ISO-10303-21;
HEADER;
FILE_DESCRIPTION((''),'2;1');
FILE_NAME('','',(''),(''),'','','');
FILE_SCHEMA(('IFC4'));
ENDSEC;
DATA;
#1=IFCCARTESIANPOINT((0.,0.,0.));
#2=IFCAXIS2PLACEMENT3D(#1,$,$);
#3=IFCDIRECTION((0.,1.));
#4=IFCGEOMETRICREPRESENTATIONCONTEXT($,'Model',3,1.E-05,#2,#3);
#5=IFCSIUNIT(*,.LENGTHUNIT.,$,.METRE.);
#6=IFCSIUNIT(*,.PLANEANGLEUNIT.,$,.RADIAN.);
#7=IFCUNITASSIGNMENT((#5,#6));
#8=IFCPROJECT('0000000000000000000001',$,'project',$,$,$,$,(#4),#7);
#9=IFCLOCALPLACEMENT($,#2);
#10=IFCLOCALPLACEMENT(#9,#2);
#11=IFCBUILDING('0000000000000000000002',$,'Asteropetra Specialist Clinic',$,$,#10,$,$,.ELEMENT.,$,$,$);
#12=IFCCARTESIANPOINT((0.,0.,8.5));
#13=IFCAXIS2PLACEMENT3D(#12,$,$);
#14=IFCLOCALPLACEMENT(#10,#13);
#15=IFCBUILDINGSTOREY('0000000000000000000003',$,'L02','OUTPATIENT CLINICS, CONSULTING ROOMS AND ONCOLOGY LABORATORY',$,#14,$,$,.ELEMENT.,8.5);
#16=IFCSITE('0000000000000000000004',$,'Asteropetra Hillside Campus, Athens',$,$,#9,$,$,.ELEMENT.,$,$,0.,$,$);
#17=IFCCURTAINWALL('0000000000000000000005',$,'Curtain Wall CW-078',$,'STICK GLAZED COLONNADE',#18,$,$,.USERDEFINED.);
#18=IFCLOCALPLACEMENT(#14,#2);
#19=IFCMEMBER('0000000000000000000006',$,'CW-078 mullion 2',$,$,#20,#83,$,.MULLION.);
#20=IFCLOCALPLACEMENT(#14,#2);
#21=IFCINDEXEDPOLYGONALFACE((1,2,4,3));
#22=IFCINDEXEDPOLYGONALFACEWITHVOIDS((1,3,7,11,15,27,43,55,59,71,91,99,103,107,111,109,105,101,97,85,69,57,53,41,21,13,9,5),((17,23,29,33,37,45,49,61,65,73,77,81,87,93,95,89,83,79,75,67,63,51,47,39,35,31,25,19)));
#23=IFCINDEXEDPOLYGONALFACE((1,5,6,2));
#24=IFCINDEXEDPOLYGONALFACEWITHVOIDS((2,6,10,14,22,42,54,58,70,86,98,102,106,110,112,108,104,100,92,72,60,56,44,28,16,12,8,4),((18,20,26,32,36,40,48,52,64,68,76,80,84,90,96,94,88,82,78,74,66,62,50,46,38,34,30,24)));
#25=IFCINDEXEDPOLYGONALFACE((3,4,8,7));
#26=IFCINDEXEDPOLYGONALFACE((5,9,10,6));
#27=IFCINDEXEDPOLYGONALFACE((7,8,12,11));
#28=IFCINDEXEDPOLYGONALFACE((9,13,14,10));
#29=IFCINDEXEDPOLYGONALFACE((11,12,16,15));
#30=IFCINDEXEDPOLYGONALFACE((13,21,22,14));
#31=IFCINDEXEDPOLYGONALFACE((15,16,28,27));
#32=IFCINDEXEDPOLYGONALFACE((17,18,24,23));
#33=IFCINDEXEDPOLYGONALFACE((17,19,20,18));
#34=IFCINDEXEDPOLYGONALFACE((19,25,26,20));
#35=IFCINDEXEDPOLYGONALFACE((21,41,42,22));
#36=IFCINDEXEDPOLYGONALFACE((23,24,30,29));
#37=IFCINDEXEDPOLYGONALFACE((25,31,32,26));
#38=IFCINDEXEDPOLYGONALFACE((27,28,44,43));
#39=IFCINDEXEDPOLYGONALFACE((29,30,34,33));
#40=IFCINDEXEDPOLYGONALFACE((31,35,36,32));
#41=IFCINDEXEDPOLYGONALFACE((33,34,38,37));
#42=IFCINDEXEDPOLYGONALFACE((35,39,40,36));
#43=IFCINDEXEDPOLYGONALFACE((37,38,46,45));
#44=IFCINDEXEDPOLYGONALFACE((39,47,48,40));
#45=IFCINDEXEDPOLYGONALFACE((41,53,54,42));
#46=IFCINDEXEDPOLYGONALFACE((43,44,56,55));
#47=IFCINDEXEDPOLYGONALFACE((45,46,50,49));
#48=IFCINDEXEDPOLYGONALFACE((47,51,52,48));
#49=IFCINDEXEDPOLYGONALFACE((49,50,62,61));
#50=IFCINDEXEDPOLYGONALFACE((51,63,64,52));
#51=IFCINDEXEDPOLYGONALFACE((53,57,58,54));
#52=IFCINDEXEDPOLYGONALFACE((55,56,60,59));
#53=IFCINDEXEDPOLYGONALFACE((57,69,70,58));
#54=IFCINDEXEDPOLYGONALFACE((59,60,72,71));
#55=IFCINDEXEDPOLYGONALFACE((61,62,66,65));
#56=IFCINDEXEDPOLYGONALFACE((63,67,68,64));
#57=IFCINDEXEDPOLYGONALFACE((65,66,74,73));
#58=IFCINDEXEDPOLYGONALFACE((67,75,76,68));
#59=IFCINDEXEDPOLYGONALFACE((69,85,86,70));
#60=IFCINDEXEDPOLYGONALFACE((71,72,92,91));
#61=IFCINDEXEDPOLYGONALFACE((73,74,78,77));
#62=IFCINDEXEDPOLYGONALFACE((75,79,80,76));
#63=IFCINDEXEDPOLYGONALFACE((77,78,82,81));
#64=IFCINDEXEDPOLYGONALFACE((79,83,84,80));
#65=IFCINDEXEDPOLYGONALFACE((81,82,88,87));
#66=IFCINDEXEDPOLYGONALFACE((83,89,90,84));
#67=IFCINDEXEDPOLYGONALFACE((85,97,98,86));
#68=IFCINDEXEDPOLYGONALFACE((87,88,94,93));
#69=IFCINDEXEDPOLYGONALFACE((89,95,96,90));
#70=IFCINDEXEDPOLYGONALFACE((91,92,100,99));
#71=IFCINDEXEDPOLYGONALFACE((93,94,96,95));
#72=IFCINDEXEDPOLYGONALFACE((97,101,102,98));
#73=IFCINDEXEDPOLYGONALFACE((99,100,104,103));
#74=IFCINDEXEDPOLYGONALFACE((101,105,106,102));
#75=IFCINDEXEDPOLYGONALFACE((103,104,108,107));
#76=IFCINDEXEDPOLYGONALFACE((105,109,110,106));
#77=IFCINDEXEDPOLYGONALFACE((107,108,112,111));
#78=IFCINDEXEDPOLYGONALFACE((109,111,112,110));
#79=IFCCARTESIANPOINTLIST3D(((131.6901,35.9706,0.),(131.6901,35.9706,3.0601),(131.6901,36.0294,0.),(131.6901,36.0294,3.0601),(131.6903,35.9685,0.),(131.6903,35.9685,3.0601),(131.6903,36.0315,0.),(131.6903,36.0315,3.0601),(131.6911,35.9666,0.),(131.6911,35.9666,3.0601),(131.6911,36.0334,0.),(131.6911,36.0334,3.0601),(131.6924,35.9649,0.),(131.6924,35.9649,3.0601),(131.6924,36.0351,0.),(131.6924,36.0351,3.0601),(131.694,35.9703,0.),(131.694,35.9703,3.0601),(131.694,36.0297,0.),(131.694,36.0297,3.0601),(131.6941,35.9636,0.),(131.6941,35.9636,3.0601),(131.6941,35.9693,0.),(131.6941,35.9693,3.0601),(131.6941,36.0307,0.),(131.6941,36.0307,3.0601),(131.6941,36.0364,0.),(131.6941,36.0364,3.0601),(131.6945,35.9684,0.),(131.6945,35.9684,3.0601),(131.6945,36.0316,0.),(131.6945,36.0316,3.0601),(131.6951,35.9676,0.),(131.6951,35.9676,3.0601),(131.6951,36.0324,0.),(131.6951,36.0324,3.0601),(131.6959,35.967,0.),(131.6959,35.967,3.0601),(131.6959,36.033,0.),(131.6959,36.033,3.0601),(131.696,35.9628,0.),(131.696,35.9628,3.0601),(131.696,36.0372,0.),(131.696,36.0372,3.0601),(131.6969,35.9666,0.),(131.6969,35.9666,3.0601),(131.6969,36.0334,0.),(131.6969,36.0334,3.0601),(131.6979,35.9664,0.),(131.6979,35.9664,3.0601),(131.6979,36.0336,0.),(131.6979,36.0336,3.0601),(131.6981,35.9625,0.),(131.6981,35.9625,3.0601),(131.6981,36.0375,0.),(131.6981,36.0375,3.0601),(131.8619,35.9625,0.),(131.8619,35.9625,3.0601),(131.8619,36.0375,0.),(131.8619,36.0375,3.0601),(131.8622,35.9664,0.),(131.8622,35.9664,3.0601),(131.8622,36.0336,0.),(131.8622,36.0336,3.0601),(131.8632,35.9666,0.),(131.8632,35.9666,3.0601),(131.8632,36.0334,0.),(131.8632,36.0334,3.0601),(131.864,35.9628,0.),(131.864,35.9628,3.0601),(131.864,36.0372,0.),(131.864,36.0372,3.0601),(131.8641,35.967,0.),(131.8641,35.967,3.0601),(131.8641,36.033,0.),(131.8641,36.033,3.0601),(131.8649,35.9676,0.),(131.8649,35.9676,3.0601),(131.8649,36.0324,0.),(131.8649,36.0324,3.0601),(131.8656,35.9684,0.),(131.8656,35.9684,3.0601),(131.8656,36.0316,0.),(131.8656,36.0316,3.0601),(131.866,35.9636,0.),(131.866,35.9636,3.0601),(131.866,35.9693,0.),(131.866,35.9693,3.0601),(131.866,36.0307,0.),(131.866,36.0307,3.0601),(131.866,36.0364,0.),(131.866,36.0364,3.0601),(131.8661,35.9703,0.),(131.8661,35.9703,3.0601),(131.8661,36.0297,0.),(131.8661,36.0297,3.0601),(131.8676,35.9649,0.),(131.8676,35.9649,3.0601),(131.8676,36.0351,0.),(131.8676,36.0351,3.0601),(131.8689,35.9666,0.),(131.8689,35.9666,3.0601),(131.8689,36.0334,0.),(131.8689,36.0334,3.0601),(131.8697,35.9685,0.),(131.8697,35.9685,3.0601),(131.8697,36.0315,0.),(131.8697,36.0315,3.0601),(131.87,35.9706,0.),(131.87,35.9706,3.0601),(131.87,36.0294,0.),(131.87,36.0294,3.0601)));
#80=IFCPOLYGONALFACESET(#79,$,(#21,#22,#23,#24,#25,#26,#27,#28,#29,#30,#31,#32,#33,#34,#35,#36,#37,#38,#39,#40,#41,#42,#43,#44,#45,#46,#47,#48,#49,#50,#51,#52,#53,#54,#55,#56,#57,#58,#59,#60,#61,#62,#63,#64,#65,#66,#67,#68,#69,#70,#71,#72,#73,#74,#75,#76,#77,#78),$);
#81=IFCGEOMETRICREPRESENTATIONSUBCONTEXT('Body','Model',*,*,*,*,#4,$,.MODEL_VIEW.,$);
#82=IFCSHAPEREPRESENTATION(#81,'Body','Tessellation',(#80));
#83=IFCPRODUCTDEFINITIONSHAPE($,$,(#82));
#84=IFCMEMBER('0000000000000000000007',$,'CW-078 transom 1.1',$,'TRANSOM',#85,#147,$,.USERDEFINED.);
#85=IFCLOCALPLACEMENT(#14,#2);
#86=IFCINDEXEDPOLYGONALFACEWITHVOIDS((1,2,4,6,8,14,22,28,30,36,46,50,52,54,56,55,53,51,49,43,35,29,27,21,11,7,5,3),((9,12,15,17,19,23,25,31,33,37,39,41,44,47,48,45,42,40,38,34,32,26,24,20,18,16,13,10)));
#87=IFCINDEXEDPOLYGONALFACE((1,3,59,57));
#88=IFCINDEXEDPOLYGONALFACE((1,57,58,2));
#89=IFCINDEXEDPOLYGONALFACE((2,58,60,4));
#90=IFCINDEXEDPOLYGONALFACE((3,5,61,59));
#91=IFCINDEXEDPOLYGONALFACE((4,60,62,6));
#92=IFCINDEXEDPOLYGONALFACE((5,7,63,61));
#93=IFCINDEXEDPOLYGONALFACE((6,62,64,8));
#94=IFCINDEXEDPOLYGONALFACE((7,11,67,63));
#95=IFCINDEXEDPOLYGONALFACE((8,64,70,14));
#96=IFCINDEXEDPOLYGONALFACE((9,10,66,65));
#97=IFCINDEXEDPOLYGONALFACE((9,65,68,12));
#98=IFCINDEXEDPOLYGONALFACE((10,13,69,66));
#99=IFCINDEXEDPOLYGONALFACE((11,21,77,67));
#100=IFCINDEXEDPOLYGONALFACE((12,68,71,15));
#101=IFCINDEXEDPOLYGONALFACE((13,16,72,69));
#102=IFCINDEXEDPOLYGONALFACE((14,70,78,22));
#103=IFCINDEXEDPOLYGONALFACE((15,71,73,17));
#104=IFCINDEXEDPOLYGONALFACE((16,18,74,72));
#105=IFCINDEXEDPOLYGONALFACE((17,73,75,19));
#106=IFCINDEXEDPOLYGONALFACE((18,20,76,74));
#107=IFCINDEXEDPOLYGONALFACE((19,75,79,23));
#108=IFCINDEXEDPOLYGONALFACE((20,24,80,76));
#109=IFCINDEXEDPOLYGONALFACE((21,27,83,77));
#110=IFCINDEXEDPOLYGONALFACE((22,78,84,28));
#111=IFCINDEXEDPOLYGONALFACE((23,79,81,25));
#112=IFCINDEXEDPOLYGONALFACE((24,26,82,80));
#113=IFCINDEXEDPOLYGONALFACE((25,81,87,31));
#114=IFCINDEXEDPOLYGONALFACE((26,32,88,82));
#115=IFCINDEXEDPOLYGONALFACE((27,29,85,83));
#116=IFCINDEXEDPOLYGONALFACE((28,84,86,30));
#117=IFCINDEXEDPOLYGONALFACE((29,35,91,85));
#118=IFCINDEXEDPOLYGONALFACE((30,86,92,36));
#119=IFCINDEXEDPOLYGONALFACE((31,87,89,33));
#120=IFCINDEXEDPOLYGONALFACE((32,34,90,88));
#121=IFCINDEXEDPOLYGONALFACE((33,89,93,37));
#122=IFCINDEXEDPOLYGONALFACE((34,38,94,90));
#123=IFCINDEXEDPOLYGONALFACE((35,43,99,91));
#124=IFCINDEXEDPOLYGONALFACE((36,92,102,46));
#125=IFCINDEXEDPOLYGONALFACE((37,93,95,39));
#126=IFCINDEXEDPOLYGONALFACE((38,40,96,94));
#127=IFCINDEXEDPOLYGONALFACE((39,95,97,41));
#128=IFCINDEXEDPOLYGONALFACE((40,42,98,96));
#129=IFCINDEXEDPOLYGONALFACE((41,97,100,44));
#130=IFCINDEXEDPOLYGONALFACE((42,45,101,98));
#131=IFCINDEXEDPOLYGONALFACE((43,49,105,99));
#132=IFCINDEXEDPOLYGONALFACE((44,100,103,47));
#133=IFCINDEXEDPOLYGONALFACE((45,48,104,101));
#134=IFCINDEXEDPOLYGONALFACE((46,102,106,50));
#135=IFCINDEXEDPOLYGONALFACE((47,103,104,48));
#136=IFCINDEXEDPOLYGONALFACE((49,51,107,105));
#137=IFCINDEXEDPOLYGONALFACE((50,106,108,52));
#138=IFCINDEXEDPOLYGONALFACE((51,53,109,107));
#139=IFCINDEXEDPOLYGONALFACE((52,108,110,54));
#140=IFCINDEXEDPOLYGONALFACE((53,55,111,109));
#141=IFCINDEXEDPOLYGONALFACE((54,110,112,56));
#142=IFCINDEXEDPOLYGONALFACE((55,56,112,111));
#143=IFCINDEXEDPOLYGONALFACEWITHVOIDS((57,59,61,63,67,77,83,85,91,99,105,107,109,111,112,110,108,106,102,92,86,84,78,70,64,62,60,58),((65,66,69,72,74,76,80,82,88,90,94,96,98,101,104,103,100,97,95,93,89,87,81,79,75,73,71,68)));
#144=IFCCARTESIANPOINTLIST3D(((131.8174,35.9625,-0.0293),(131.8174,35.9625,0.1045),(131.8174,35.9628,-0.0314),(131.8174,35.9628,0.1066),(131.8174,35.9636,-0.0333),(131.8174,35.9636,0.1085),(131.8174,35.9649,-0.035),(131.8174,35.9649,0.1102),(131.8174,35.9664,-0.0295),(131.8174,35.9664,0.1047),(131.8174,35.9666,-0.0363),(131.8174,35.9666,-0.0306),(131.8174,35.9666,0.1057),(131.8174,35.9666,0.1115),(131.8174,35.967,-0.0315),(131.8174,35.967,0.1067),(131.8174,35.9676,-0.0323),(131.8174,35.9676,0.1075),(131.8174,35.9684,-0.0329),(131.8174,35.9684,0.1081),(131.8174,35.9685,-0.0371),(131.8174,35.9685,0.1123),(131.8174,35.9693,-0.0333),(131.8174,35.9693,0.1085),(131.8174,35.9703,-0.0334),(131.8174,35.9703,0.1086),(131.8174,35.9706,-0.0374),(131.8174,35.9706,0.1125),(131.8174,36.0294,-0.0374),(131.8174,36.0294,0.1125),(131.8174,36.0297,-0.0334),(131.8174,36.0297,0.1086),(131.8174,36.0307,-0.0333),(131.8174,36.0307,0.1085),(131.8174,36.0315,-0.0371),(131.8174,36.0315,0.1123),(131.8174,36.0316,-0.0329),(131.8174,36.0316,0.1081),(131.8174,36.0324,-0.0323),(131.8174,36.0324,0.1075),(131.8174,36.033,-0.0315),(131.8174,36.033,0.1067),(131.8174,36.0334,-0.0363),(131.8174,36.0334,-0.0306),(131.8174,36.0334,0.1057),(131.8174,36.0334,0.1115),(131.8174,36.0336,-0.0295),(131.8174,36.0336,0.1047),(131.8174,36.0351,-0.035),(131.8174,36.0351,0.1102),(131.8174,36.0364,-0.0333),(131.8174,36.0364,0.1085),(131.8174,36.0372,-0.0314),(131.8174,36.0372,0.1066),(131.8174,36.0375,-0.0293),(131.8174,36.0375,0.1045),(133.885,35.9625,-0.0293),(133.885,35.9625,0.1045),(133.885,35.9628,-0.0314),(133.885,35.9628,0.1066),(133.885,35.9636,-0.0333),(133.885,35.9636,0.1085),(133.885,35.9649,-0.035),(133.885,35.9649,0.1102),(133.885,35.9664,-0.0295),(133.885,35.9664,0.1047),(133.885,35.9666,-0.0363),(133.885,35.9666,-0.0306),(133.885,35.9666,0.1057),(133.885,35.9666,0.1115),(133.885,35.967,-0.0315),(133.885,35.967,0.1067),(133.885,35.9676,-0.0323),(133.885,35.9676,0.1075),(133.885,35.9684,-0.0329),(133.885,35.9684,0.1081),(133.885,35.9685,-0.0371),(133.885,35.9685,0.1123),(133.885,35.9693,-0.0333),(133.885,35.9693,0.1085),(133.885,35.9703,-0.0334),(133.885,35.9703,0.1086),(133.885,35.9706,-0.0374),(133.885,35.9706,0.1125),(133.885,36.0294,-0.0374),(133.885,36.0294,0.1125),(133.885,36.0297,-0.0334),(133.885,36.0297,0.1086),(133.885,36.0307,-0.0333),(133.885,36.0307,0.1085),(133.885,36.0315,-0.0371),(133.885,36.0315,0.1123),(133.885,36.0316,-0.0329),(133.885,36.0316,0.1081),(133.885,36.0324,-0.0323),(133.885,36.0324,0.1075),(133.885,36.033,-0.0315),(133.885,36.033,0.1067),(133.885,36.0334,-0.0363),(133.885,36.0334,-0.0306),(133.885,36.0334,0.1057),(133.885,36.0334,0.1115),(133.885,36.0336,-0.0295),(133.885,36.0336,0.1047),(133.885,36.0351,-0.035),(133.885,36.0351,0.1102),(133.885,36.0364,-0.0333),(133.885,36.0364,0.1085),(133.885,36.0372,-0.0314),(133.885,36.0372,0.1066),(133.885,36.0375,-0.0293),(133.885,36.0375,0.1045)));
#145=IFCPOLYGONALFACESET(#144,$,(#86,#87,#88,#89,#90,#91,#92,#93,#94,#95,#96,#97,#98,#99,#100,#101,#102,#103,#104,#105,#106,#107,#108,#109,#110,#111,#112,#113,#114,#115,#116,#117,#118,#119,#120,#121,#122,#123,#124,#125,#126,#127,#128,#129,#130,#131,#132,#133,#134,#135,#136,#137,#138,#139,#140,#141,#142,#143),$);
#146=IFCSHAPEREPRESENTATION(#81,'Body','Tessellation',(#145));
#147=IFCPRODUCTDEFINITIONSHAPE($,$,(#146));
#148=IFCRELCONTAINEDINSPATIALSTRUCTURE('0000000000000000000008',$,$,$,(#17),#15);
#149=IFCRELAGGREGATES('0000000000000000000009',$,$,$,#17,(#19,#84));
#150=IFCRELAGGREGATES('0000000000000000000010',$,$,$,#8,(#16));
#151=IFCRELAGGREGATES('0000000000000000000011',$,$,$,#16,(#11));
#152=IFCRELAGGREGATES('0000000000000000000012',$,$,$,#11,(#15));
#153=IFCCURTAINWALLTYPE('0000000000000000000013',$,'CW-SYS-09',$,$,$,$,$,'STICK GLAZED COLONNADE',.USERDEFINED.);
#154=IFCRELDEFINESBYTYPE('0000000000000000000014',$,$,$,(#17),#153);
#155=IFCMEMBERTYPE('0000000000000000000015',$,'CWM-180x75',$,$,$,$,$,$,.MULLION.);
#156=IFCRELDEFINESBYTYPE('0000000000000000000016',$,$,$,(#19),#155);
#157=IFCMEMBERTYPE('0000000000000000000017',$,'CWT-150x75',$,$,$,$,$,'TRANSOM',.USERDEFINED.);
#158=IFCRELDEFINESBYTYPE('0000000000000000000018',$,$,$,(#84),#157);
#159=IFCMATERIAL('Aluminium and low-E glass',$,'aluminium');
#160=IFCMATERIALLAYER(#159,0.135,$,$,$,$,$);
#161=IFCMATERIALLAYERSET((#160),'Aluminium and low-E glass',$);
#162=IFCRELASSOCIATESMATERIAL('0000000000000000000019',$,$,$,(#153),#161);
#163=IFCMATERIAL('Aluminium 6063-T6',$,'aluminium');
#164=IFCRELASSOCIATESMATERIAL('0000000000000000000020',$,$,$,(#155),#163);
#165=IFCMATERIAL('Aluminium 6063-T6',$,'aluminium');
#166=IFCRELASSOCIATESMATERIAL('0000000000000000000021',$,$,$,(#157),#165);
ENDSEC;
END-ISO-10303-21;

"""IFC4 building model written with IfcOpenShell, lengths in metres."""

from ifc_helpers import new_model, si_unit, direction, frame, origin, origin_2d, place, context, subcontext, project, spatial, hollow_rectangle, extrude, material, layer, layer_set, material_profile, profile_set, type_object, element, aggregate, save


model = new_model("IFC4")

# Units and contexts
model_context = context("Model", 3, precision=1e-05, world=origin(), true_north=direction((0.0, 1.0)))
body_context = subcontext(model_context, "Body", "Model", "MODEL_VIEW")
ifc_project = project(units=[si_unit("LENGTHUNIT", "METRE"), si_unit("PLANEANGLEUNIT", "RADIAN")], contexts=[model_context])

# Site, building, storey
site_placement = place(None, origin())
site = spatial("IfcSite", under=ifc_project, at=site_placement, Name="Asteropetra Hillside Campus, Athens", CompositionType="ELEMENT", RefElevation=0.0)
building_placement = place(site_placement, origin())
building = spatial("IfcBuilding", under=site, at=building_placement, Name="Asteropetra Specialist Clinic", CompositionType="ELEMENT")
storey_placement = place(building_placement, frame((0.0, 0.0, 8.5)))
storey = spatial("IfcBuildingStorey", under=building, at=storey_placement, Name="L02", Description="OUTPATIENT CLINICS, CONSULTING ROOMS AND ONCOLOGY LABORATORY", CompositionType="ELEMENT", Elevation=8.5)

# Curtain wall, members
ifc_material_1 = material(Name="Aluminium and low-E glass", Category="aluminium")
ifc_layer_1 = layer(ifc_material_1, 0.135)
ifc_layer_set_1 = layer_set([ifc_layer_1], Name="Aluminium and low-E glass")
curtain_wall_type = type_object("IfcCurtainWallType", Name="CW-SYS-09", ElementType="STICK GLAZED COLONNADE", PredefinedType="USERDEFINED", material=ifc_layer_set_1)
curtain_wall_placement = place(storey_placement, origin())
curtain_wall = element("IfcCurtainWall", 1, at=curtain_wall_placement, inside=storey, type_object=curtain_wall_type, Name="Curtain Wall CW-078", ObjectType="STICK GLAZED COLONNADE", PredefinedType="USERDEFINED")
ifc_material_2 = material(Name="Aluminium 6063-T6", Category="aluminium")
ifc_material_profile_1 = material_profile(ifc_material_2, hollow_rectangle(XDim=0.075, YDim=0.1799, WallThickness=0.0039, InnerFilletRadius=0.0039, OuterFilletRadius=0.0081, at=origin_2d()), Name="MUL 180x75x4.0")
ifc_profile_set_1 = profile_set([ifc_material_profile_1], Name="Aluminium 6063-T6")
member_type_1 = type_object("IfcMemberType", Name="CWM-180x75", PredefinedType="MULLION", material=ifc_profile_set_1)
member_1_placement = place(storey_placement, frame((131.78, 36.0, 0.0), z_axis=(0.0, 0.0, 1.0), x_axis=(0.0, -1.0, 0.0)))
member_1 = element("IfcMember", 2, at=member_1_placement, type_object=member_type_1, Name="CW-078 mullion 2", PredefinedType="MULLION", context=body_context, shape_type="SweptSolid", body=[
    extrude(hollow_rectangle(XDim=0.075, YDim=0.1799, WallThickness=0.0039, InnerFilletRadius=0.0039, OuterFilletRadius=0.0081, at=origin_2d()), origin(), (0.0, 0.0, 1.0), 3.0601),
])
ifc_material_3 = material(Name="Aluminium 6063-T6", Category="aluminium")
ifc_material_profile_2 = material_profile(ifc_material_3, hollow_rectangle(XDim=0.075, YDim=0.1499, WallThickness=0.0039, InnerFilletRadius=0.0039, OuterFilletRadius=0.0081, at=origin_2d()), Name="TRN 150x75x4.0")
ifc_profile_set_2 = profile_set([ifc_material_profile_2], Name="Aluminium 6063-T6")
member_type_2 = type_object("IfcMemberType", Name="CWT-150x75", ElementType="TRANSOM", PredefinedType="USERDEFINED", material=ifc_profile_set_2)
member_2_placement = place(storey_placement, frame((133.885, 36.0, 0.0376), z_axis=(-1.0, 0.0, 0.0), x_axis=(0.0, -1.0, 0.0)))
member_2 = element("IfcMember", 3, at=member_2_placement, type_object=member_type_2, Name="CW-078 transom 1.1", ObjectType="TRANSOM", PredefinedType="USERDEFINED", context=body_context, shape_type="SweptSolid", body=[
    extrude(hollow_rectangle(XDim=0.075, YDim=0.1499, WallThickness=0.0039, InnerFilletRadius=0.0039, OuterFilletRadius=0.0081, at=origin_2d()), origin(), (0.0, 0.0, 1.0), 2.0676),
])

aggregate(curtain_wall, [member_1, member_2])

save(model, "model.ifc")
